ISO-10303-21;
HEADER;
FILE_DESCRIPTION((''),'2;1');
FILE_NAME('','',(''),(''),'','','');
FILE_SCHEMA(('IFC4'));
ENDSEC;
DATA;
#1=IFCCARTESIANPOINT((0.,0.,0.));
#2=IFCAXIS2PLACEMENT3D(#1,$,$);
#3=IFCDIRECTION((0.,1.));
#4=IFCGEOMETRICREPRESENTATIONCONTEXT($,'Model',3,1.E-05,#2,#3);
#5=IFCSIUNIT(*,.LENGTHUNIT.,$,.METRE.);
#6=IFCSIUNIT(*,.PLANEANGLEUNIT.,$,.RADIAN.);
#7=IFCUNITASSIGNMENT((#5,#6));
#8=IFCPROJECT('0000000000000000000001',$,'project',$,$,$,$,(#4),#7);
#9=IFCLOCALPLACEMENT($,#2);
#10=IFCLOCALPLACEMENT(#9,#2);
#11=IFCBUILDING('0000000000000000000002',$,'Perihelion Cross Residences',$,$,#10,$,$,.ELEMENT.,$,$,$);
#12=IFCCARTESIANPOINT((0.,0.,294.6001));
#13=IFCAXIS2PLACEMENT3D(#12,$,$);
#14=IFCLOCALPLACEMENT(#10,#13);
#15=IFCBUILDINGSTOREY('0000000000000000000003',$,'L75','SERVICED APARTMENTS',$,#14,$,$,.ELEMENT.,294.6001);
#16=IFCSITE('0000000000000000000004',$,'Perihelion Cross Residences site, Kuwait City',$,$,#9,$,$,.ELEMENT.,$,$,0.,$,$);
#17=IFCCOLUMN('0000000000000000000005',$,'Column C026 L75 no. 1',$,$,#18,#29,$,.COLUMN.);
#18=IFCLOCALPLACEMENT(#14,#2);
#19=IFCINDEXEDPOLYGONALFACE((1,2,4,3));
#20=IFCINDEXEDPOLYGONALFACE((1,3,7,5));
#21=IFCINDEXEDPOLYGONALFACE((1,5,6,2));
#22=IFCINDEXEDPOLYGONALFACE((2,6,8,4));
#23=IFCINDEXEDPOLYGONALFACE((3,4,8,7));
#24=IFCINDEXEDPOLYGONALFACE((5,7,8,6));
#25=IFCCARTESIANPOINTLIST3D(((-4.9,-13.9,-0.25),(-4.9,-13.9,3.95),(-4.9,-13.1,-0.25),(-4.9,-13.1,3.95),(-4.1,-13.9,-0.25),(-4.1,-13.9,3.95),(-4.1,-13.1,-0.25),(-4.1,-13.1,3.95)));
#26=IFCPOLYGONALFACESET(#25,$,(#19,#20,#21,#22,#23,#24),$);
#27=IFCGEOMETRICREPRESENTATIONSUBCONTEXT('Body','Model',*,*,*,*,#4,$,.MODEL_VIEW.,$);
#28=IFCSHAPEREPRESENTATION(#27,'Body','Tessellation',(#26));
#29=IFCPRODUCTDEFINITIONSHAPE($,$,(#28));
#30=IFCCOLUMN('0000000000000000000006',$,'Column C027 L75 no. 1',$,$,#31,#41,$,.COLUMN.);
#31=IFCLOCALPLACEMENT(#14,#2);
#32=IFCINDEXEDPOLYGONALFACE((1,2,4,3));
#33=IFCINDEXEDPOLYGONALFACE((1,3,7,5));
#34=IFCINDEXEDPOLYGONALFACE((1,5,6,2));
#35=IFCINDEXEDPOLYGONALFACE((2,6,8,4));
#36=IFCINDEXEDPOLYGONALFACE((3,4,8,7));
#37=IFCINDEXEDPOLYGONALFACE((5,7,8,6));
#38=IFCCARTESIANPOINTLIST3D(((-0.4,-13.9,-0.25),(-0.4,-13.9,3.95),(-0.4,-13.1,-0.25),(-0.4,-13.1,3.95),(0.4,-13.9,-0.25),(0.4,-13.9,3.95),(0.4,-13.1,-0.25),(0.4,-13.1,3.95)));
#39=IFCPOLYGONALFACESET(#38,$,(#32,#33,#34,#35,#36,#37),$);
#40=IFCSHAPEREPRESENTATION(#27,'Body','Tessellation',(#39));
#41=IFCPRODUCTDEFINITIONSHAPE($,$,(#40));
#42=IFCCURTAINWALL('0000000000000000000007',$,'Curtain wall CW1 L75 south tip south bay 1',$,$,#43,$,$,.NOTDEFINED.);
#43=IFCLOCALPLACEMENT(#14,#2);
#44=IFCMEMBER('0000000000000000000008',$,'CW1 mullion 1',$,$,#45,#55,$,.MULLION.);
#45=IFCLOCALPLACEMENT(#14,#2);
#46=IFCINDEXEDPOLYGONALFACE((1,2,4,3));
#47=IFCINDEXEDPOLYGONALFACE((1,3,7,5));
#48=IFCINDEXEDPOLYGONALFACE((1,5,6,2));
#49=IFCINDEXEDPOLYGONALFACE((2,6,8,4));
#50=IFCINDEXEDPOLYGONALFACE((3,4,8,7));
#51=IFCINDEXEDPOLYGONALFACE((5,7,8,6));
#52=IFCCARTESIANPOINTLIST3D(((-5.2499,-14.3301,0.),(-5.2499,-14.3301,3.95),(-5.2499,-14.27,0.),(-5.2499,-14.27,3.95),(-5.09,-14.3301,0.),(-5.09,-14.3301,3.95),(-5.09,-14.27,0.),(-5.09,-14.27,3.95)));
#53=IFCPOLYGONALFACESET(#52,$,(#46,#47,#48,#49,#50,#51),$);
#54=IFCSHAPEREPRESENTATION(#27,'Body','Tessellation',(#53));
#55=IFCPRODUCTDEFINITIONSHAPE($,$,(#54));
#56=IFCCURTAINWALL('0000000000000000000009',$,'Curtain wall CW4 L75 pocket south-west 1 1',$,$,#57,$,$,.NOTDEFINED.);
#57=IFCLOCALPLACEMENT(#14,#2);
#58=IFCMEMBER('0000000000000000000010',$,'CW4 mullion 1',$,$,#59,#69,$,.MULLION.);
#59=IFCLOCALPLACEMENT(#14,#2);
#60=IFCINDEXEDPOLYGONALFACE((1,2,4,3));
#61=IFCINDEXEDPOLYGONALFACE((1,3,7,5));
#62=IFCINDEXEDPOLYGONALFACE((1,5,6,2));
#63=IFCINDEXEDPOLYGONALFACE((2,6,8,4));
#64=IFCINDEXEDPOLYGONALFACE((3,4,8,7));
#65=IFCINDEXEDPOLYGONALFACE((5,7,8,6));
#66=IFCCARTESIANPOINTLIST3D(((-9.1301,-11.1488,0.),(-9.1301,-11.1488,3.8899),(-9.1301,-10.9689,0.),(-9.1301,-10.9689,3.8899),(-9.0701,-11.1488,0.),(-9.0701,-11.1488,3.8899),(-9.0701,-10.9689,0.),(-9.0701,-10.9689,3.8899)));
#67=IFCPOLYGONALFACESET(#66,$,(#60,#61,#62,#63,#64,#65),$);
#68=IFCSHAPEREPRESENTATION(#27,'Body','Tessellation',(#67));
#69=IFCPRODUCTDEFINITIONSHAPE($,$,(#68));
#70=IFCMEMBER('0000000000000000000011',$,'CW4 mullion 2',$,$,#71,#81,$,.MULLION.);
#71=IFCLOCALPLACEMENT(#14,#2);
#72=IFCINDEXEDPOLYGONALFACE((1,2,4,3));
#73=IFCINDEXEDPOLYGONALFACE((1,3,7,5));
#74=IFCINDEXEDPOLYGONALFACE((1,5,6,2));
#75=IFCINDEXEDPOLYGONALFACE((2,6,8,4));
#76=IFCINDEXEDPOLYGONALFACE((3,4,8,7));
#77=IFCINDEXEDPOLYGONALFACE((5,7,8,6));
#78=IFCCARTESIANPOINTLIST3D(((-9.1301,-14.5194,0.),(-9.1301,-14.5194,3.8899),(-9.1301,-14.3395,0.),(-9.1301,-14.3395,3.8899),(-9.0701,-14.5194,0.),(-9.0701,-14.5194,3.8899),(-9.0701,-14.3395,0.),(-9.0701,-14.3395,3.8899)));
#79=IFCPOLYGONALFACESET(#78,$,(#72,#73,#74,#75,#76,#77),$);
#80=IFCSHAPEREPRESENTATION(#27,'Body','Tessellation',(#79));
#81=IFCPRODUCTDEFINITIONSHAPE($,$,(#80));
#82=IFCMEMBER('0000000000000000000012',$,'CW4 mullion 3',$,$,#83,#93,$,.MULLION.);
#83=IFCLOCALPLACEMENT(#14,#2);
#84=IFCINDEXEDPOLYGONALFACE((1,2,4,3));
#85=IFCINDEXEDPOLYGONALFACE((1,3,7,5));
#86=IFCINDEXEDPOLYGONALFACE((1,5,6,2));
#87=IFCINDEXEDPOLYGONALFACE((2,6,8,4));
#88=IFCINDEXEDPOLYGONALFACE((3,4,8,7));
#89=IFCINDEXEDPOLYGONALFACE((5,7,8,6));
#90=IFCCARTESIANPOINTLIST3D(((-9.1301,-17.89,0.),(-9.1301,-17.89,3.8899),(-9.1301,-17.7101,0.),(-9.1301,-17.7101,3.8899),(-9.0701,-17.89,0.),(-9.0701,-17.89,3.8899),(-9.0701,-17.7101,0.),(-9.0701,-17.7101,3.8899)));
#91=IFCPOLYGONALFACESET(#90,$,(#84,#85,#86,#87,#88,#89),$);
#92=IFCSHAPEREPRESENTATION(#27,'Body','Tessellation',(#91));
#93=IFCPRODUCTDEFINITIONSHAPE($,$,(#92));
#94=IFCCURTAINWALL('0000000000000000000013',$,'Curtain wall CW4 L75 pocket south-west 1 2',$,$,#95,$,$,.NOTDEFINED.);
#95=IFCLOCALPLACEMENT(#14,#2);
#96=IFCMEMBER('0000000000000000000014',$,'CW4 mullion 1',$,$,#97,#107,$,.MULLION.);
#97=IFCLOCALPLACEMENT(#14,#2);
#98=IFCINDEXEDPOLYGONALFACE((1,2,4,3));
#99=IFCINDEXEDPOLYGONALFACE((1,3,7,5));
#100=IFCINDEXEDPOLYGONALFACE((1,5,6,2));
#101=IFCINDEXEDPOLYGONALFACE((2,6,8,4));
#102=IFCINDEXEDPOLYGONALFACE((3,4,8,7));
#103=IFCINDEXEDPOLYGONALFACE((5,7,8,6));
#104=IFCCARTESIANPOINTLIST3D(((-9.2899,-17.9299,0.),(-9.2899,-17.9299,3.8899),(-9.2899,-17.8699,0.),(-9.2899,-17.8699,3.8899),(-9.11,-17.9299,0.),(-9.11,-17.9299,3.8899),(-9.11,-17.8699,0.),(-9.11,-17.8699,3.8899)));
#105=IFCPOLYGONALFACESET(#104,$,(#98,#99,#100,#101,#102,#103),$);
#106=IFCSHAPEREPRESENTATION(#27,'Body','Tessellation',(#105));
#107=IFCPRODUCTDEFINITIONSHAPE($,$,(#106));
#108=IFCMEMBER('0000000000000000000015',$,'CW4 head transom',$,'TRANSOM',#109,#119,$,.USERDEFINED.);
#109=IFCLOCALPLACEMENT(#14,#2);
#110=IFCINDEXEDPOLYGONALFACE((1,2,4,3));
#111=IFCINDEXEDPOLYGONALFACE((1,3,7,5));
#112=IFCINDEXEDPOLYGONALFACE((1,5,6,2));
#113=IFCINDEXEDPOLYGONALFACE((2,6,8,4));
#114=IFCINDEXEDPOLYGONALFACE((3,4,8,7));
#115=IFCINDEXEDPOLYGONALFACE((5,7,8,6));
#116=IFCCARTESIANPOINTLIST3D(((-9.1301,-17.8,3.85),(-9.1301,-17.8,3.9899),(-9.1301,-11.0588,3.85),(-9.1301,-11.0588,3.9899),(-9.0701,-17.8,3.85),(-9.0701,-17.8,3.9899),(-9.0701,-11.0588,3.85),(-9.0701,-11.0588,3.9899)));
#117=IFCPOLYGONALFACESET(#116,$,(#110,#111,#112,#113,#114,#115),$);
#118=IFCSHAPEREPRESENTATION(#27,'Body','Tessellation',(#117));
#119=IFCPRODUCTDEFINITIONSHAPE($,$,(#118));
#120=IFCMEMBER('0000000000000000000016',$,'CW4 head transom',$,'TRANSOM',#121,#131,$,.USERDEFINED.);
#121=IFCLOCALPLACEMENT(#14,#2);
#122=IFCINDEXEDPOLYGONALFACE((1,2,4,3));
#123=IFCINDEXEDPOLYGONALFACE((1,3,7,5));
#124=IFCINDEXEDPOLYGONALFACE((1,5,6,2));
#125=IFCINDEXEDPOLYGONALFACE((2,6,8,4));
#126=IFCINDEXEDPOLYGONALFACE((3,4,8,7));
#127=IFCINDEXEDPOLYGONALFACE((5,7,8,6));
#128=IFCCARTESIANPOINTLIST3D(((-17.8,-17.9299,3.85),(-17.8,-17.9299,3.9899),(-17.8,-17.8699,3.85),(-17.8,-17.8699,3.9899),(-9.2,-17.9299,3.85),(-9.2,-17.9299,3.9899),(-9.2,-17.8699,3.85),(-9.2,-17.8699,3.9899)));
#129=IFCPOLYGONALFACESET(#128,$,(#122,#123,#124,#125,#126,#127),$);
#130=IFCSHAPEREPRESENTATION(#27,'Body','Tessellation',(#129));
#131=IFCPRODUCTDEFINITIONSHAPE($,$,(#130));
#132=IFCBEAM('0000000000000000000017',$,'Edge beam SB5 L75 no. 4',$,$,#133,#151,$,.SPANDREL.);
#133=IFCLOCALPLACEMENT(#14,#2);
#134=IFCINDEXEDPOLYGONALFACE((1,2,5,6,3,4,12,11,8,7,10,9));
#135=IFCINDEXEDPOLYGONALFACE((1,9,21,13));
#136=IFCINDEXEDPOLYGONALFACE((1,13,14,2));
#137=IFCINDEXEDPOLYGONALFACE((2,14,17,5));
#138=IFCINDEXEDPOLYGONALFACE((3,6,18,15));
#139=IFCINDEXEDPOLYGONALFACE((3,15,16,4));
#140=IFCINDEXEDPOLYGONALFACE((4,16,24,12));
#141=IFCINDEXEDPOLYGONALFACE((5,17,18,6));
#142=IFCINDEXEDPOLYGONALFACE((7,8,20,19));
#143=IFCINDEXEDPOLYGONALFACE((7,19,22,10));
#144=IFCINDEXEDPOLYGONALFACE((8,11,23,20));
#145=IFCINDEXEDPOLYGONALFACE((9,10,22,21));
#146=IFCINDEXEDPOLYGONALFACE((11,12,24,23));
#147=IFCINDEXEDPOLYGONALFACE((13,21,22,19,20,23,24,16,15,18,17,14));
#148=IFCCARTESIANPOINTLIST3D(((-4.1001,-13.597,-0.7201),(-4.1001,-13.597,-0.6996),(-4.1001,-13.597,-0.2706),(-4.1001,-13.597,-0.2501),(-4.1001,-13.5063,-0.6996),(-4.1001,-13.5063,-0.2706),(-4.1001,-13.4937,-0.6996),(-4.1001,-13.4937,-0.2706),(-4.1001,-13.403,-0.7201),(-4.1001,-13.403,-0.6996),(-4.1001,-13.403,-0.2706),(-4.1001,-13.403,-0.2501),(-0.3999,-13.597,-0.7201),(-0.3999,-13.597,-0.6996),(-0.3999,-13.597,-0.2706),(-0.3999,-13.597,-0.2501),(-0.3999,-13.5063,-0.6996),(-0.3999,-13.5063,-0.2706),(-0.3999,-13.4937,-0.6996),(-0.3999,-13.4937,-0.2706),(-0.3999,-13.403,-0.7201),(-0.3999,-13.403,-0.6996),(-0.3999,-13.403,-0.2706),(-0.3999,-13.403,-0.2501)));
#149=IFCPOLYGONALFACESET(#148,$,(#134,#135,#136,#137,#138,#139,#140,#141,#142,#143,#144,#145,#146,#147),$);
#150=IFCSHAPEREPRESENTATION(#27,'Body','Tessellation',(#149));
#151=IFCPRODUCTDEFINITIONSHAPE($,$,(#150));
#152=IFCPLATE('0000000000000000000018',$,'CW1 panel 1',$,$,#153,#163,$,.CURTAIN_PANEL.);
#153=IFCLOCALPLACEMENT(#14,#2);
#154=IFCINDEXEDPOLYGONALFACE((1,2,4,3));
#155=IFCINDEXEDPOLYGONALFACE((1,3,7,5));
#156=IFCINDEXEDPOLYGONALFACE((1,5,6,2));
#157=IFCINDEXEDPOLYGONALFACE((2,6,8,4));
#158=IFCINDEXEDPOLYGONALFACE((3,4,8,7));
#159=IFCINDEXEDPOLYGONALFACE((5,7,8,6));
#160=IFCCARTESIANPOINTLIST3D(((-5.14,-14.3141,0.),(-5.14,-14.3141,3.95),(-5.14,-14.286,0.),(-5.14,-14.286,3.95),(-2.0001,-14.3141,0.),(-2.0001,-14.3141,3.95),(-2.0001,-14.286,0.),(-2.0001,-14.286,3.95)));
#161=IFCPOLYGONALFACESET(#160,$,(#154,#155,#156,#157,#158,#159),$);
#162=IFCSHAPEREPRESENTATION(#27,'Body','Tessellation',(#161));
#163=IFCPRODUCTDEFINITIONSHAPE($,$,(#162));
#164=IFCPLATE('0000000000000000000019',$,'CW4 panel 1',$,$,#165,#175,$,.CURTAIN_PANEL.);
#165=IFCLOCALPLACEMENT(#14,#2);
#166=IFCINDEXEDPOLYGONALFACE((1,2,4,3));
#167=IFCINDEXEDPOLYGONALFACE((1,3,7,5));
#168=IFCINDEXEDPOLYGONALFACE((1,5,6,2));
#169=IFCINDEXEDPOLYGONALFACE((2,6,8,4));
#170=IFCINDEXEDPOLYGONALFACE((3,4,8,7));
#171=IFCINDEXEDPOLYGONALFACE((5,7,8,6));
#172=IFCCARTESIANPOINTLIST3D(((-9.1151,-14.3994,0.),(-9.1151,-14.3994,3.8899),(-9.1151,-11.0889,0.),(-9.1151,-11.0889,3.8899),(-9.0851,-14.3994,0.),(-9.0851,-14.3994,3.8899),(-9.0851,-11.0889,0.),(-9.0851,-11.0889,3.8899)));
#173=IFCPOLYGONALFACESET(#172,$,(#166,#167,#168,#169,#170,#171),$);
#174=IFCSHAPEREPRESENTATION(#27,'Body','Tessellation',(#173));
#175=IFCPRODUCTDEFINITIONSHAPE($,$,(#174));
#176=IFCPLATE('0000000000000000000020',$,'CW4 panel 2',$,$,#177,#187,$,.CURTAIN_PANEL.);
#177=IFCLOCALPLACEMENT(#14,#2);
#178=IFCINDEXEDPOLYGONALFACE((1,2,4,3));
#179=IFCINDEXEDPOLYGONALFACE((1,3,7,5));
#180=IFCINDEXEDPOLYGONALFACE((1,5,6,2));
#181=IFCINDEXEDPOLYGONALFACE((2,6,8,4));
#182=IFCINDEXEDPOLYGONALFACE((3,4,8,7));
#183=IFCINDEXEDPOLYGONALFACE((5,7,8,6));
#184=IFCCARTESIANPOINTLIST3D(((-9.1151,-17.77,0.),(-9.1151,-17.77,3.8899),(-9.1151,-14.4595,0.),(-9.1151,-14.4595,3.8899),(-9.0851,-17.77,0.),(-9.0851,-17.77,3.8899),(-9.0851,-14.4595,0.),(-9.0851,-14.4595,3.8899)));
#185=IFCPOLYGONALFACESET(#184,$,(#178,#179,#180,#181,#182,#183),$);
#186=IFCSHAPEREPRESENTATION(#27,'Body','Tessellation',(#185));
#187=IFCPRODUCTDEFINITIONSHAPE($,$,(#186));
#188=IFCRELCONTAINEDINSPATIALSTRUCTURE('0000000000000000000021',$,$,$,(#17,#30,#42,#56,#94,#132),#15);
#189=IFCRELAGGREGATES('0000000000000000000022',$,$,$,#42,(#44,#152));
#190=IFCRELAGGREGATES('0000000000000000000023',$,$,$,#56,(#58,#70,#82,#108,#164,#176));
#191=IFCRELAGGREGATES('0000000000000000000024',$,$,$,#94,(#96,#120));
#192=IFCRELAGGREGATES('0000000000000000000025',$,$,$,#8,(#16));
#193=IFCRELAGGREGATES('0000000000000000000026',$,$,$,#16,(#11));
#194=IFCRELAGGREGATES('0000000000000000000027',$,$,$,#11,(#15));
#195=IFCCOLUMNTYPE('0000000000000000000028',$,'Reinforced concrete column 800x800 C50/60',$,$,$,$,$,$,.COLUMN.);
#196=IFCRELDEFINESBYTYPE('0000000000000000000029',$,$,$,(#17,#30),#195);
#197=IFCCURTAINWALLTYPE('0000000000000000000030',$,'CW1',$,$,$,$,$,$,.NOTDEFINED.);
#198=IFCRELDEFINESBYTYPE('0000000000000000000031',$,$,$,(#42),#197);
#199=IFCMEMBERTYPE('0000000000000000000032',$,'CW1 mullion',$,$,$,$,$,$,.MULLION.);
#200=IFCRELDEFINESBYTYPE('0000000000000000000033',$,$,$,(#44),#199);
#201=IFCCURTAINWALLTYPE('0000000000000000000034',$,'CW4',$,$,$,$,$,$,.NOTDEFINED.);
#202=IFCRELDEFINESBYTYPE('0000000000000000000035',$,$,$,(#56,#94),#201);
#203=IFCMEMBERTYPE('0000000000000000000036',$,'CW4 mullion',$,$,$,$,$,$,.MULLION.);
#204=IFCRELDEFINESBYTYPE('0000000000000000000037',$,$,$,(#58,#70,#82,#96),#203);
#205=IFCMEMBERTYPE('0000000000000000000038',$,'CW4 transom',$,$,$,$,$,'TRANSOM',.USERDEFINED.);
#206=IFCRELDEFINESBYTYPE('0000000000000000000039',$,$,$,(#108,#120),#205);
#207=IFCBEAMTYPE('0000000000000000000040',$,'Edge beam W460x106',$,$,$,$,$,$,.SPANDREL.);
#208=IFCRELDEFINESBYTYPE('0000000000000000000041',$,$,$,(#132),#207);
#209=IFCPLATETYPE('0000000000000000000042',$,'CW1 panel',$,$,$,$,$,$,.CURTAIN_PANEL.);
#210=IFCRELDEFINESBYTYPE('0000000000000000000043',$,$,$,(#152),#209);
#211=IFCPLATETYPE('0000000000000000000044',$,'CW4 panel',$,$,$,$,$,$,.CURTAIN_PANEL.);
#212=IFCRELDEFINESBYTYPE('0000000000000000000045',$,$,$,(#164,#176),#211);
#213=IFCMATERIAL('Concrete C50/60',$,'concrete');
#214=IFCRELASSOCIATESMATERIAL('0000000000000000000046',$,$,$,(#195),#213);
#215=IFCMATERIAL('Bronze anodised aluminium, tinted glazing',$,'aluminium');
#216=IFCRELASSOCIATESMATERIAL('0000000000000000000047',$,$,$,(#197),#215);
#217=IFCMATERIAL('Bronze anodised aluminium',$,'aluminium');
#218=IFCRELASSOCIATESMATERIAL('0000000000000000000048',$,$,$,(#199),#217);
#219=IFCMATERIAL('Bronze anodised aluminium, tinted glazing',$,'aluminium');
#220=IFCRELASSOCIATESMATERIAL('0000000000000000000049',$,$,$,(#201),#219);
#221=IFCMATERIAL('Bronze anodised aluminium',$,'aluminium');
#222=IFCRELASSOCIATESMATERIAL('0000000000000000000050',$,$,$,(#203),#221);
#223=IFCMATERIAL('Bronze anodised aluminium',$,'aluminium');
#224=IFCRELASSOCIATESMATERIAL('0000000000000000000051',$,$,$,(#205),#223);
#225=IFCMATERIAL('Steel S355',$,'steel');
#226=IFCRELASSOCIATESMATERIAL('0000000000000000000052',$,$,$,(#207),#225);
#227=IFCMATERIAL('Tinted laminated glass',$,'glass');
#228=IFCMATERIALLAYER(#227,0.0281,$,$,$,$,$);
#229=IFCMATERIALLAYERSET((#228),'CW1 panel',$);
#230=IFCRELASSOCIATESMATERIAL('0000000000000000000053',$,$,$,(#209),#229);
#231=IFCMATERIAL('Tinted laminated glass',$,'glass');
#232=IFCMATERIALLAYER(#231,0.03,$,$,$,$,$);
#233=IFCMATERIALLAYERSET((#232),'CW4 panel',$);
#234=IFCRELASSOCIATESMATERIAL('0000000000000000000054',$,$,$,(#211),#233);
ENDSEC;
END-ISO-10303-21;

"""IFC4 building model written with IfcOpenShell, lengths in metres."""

from ifc_helpers import new_model, si_unit, direction, frame, origin, origin_2d, place, context, subcontext, project, spatial, rectangle, i_section, extrude, material, layer, layer_set, material_profile, profile_set, type_object, element, aggregate, save


model = new_model("IFC4")

# Units and contexts
model_context = context("Model", 3, precision=1e-05, world=origin(), true_north=direction((0.0, 1.0)))
body_context = subcontext(model_context, "Body", "Model", "MODEL_VIEW")
ifc_project = project(units=[si_unit("LENGTHUNIT", "METRE"), si_unit("PLANEANGLEUNIT", "RADIAN")], contexts=[model_context])

# Site, building, storey
site_placement = place(None, origin())
site = spatial("IfcSite", under=ifc_project, at=site_placement, Name="Perihelion Cross Residences site, Kuwait City", CompositionType="ELEMENT", RefElevation=0.0)
building_placement = place(site_placement, origin())
building = spatial("IfcBuilding", under=site, at=building_placement, Name="Perihelion Cross Residences", CompositionType="ELEMENT")
storey_placement = place(building_placement, frame((0.0, 0.0, 294.6001)))
storey = spatial("IfcBuildingStorey", under=building, at=storey_placement, Name="L75", Description="SERVICED APARTMENTS", CompositionType="ELEMENT", Elevation=294.6001)

# Columns
ifc_material_1 = material(Name="Concrete C50/60", Category="concrete")
ifc_material_profile_1 = material_profile(ifc_material_1, rectangle(XDim=0.8, YDim=0.8, at=origin_2d()), Name="RC 800x800")
ifc_profile_set_1 = profile_set([ifc_material_profile_1], Name="Concrete C50/60")
column_type = type_object("IfcColumnType", Name="Reinforced concrete column 800x800 C50/60", PredefinedType="COLUMN", material=ifc_profile_set_1)
for number, where, z_axis, x_axis, name in (
    (1, (-4.5, -13.5, -0.25), (0.0, 0.0, 1.0), (1.0, 0.0, 0.0), "Column C026 L75 no. 1"),
    (2, (0.0, -13.5, -0.25), (0.0, 0.0, 1.0), (1.0, 0.0, 0.0), "Column C027 L75 no. 1"),
):
    element("IfcColumn", number, at=place(storey_placement, frame(where, z_axis=z_axis, x_axis=x_axis)), inside=storey, type_object=column_type, Name=name, PredefinedType="COLUMN", context=body_context, shape_type="SweptSolid", body=[
        extrude(rectangle(XDim=0.8, YDim=0.8, at=origin_2d()), origin(), (0.0, 0.0, 1.0), 4.2),
    ])

# Curtain wall, member
ifc_material_2 = material(Name="Bronze anodised aluminium, tinted glazing", Category="aluminium")
curtain_wall_type_1 = type_object("IfcCurtainWallType", Name="CW1", PredefinedType="NOTDEFINED", material=ifc_material_2)
curtain_wall_1_placement = place(storey_placement, origin())
curtain_wall_1 = element("IfcCurtainWall", 3, at=curtain_wall_1_placement, inside=storey, type_object=curtain_wall_type_1, Name="Curtain wall CW1 L75 south tip south bay 1", PredefinedType="NOTDEFINED")
ifc_material_3 = material(Name="Bronze anodised aluminium", Category="aluminium")
ifc_material_profile_2 = material_profile(ifc_material_3, rectangle(XDim=0.0601, YDim=0.1599, at=origin_2d()), Name="CW1 mullion")
ifc_profile_set_2 = profile_set([ifc_material_profile_2], Name="Bronze anodised aluminium")
member_type_1 = type_object("IfcMemberType", Name="CW1 mullion", PredefinedType="MULLION", material=ifc_profile_set_2)
member_1_placement = place(storey_placement, frame((-5.1699, -14.3, 0.0), z_axis=(0.0, 0.0, 1.0), x_axis=(0.0, 1.0, 0.0)))
member_1 = element("IfcMember", 4, at=member_1_placement, type_object=member_type_1, Name="CW1 mullion 1", PredefinedType="MULLION", context=body_context, shape_type="SweptSolid", body=[
    extrude(rectangle(XDim=0.0601, YDim=0.1599, at=origin_2d()), origin(), (0.0, 0.0, 1.0), 3.95),
])

# Curtain wall, members
ifc_material_4 = material(Name="Bronze anodised aluminium, tinted glazing", Category="aluminium")
curtain_wall_type_2 = type_object("IfcCurtainWallType", Name="CW4", PredefinedType="NOTDEFINED", material=ifc_material_4)
curtain_wall_2_placement = place(storey_placement, origin())
curtain_wall_2 = element("IfcCurtainWall", 5, at=curtain_wall_2_placement, inside=storey, type_object=curtain_wall_type_2, Name="Curtain wall CW4 L75 pocket south-west 1 1", PredefinedType="NOTDEFINED")
ifc_material_5 = material(Name="Bronze anodised aluminium", Category="aluminium")
ifc_material_profile_3 = material_profile(ifc_material_5, rectangle(XDim=0.0601, YDim=0.1799, at=origin_2d()), Name="CW4 mullion")
ifc_profile_set_3 = profile_set([ifc_material_profile_3], Name="Bronze anodised aluminium")
member_type_2 = type_object("IfcMemberType", Name="CW4 mullion", PredefinedType="MULLION", material=ifc_profile_set_3)
member_2_placement = place(storey_placement, frame((-9.1001, -11.0588, 0.0), z_axis=(0.0, 0.0, 1.0), x_axis=(1.0, 0.0, 0.0)))
member_2 = element("IfcMember", 6, at=member_2_placement, type_object=member_type_2, Name="CW4 mullion 1", PredefinedType="MULLION", context=body_context, shape_type="SweptSolid", body=[
    extrude(rectangle(XDim=0.0601, YDim=0.1799, at=origin_2d()), origin(), (0.0, 0.0, 1.0), 3.8899),
])
member_3_placement = place(storey_placement, frame((-9.1001, -14.4294, 0.0), z_axis=(0.0, 0.0, 1.0), x_axis=(1.0, 0.0, 0.0)))
member_3 = element("IfcMember", 7, at=member_3_placement, type_object=member_type_2, Name="CW4 mullion 2", PredefinedType="MULLION", context=body_context, shape_type="SweptSolid", body=[
    extrude(rectangle(XDim=0.0601, YDim=0.1799, at=origin_2d()), origin(), (0.0, 0.0, 1.0), 3.8899),
])
member_4_placement = place(storey_placement, frame((-9.1001, -17.8, 0.0), z_axis=(0.0, 0.0, 1.0), x_axis=(1.0, 0.0, 0.0)))
member_4 = element("IfcMember", 8, at=member_4_placement, type_object=member_type_2, Name="CW4 mullion 3", PredefinedType="MULLION", context=body_context, shape_type="SweptSolid", body=[
    extrude(rectangle(XDim=0.0601, YDim=0.1799, at=origin_2d()), origin(), (0.0, 0.0, 1.0), 3.8899),
])

# Curtain wall, member
curtain_wall_3_placement = place(storey_placement, origin())
curtain_wall_3 = element("IfcCurtainWall", 9, at=curtain_wall_3_placement, inside=storey, type_object=curtain_wall_type_2, Name="Curtain wall CW4 L75 pocket south-west 1 2", PredefinedType="NOTDEFINED")
member_5_placement = place(storey_placement, frame((-9.2, -17.8999, 0.0), z_axis=(0.0, 0.0, 1.0), x_axis=(0.0, -1.0, 0.0)))
member_5 = element("IfcMember", 10, at=member_5_placement, type_object=member_type_2, Name="CW4 mullion 1", PredefinedType="MULLION", context=body_context, shape_type="SweptSolid", body=[
    extrude(rectangle(XDim=0.0601, YDim=0.1799, at=origin_2d()), origin(), (0.0, 0.0, 1.0), 3.8899),
])

# Members
ifc_material_6 = material(Name="Bronze anodised aluminium", Category="aluminium")
ifc_material_profile_4 = material_profile(ifc_material_6, rectangle(XDim=0.0601, YDim=0.1399, at=origin_2d()), Name="CW4 transom")
ifc_profile_set_4 = profile_set([ifc_material_profile_4], Name="Bronze anodised aluminium")
member_type_3 = type_object("IfcMemberType", Name="CW4 transom", ElementType="TRANSOM", PredefinedType="USERDEFINED", material=ifc_profile_set_4)
member_6_placement = place(storey_placement, frame((-9.1001, -11.0588, 3.9199), z_axis=(0.0, -1.0, 0.0), x_axis=(1.0, 0.0, 0.0)))
member_6 = element("IfcMember", 11, at=member_6_placement, type_object=member_type_3, Name="CW4 head transom", ObjectType="TRANSOM", PredefinedType="USERDEFINED", context=body_context, shape_type="SweptSolid", body=[
    extrude(rectangle(XDim=0.0601, YDim=0.1399, at=origin_2d()), origin(), (0.0, 0.0, 1.0), 6.7412),
])
member_7_placement = place(storey_placement, frame((-9.2, -17.8999, 3.9199), z_axis=(-1.0, 0.0, 0.0), x_axis=(0.0, -1.0, 0.0)))
member_7 = element("IfcMember", 12, at=member_7_placement, type_object=member_type_3, Name="CW4 head transom", ObjectType="TRANSOM", PredefinedType="USERDEFINED", context=body_context, shape_type="SweptSolid", body=[
    extrude(rectangle(XDim=0.0601, YDim=0.1399, at=origin_2d()), origin(), (0.0, 0.0, 1.0), 8.6001),
])

# Beam
ifc_material_7 = material(Name="Steel S355", Category="steel")
ifc_material_profile_5 = material_profile(ifc_material_7, i_section(OverallWidth=0.1941, OverallDepth=0.47, WebThickness=0.0127, FlangeThickness=0.0205, at=origin_2d()), Name="W460x106")
ifc_profile_set_5 = profile_set([ifc_material_profile_5], Name="Steel S355")
beam_type = type_object("IfcBeamType", Name="Edge beam W460x106", PredefinedType="SPANDREL", material=ifc_profile_set_5)
beam_placement = place(storey_placement, frame((-4.1001, -13.5, -0.4851), z_axis=(1.0, 0.0, 0.0), x_axis=(0.0, 1.0, 0.0)))
element("IfcBeam", 13, at=beam_placement, inside=storey, type_object=beam_type, Name="Edge beam SB5 L75 no. 4", PredefinedType="SPANDREL", context=body_context, shape_type="SweptSolid", body=[
    extrude(i_section(OverallWidth=0.1941, OverallDepth=0.47, WebThickness=0.0127, FlangeThickness=0.0205, at=origin_2d()), origin(), (0.0, 0.0, 1.0), 3.7002),
])

# Plates
ifc_material_8 = material(Name="Tinted laminated glass", Category="glass")
ifc_layer_1 = layer(ifc_material_8, 0.0281)
ifc_layer_set_1 = layer_set([ifc_layer_1], Name="CW1 panel")
plate_type_1 = type_object("IfcPlateType", Name="CW1 panel", PredefinedType="CURTAIN_PANEL", material=ifc_layer_set_1)
plate_1_placement = place(storey_placement, frame((-3.5701, -14.3, 0.0), z_axis=(0.0, 0.0, 1.0), x_axis=(1.0, 0.0, 0.0)))
plate_1 = element("IfcPlate", 14, at=plate_1_placement, type_object=plate_type_1, Name="CW1 panel 1", PredefinedType="CURTAIN_PANEL", context=body_context, shape_type="SweptSolid", body=[
    extrude(rectangle(XDim=3.1399, YDim=0.0281, at=origin_2d()), origin(), (0.0, 0.0, 1.0), 3.95),
])
aggregate(curtain_wall_1, [member_1, plate_1])
ifc_material_9 = material(Name="Tinted laminated glass", Category="glass")
ifc_layer_2 = layer(ifc_material_9, 0.03)
ifc_layer_set_2 = layer_set([ifc_layer_2], Name="CW4 panel")
plate_type_2 = type_object("IfcPlateType", Name="CW4 panel", PredefinedType="CURTAIN_PANEL", material=ifc_layer_set_2)
plate_2_placement = place(storey_placement, frame((-9.1001, -12.7441, 0.0), z_axis=(0.0, 0.0, 1.0), x_axis=(0.0, -1.0, 0.0)))
plate_2 = element("IfcPlate", 15, at=plate_2_placement, type_object=plate_type_2, Name="CW4 panel 1", PredefinedType="CURTAIN_PANEL", context=body_context, shape_type="SweptSolid", body=[
    extrude(rectangle(XDim=3.3105, YDim=0.03, at=origin_2d()), origin(), (0.0, 0.0, 1.0), 3.8899),
])
plate_3_placement = place(storey_placement, frame((-9.1001, -16.1147, 0.0), z_axis=(0.0, 0.0, 1.0), x_axis=(0.0, -1.0, 0.0)))
plate_3 = element("IfcPlate", 16, at=plate_3_placement, type_object=plate_type_2, Name="CW4 panel 2", PredefinedType="CURTAIN_PANEL", context=body_context, shape_type="SweptSolid", body=[
    extrude(rectangle(XDim=3.3105, YDim=0.03, at=origin_2d()), origin(), (0.0, 0.0, 1.0), 3.8899),
])
aggregate(curtain_wall_2, [member_2, member_3, member_4, member_6, plate_2, plate_3])
aggregate(curtain_wall_3, [member_5, member_7])

save(model, "model.ifc")
